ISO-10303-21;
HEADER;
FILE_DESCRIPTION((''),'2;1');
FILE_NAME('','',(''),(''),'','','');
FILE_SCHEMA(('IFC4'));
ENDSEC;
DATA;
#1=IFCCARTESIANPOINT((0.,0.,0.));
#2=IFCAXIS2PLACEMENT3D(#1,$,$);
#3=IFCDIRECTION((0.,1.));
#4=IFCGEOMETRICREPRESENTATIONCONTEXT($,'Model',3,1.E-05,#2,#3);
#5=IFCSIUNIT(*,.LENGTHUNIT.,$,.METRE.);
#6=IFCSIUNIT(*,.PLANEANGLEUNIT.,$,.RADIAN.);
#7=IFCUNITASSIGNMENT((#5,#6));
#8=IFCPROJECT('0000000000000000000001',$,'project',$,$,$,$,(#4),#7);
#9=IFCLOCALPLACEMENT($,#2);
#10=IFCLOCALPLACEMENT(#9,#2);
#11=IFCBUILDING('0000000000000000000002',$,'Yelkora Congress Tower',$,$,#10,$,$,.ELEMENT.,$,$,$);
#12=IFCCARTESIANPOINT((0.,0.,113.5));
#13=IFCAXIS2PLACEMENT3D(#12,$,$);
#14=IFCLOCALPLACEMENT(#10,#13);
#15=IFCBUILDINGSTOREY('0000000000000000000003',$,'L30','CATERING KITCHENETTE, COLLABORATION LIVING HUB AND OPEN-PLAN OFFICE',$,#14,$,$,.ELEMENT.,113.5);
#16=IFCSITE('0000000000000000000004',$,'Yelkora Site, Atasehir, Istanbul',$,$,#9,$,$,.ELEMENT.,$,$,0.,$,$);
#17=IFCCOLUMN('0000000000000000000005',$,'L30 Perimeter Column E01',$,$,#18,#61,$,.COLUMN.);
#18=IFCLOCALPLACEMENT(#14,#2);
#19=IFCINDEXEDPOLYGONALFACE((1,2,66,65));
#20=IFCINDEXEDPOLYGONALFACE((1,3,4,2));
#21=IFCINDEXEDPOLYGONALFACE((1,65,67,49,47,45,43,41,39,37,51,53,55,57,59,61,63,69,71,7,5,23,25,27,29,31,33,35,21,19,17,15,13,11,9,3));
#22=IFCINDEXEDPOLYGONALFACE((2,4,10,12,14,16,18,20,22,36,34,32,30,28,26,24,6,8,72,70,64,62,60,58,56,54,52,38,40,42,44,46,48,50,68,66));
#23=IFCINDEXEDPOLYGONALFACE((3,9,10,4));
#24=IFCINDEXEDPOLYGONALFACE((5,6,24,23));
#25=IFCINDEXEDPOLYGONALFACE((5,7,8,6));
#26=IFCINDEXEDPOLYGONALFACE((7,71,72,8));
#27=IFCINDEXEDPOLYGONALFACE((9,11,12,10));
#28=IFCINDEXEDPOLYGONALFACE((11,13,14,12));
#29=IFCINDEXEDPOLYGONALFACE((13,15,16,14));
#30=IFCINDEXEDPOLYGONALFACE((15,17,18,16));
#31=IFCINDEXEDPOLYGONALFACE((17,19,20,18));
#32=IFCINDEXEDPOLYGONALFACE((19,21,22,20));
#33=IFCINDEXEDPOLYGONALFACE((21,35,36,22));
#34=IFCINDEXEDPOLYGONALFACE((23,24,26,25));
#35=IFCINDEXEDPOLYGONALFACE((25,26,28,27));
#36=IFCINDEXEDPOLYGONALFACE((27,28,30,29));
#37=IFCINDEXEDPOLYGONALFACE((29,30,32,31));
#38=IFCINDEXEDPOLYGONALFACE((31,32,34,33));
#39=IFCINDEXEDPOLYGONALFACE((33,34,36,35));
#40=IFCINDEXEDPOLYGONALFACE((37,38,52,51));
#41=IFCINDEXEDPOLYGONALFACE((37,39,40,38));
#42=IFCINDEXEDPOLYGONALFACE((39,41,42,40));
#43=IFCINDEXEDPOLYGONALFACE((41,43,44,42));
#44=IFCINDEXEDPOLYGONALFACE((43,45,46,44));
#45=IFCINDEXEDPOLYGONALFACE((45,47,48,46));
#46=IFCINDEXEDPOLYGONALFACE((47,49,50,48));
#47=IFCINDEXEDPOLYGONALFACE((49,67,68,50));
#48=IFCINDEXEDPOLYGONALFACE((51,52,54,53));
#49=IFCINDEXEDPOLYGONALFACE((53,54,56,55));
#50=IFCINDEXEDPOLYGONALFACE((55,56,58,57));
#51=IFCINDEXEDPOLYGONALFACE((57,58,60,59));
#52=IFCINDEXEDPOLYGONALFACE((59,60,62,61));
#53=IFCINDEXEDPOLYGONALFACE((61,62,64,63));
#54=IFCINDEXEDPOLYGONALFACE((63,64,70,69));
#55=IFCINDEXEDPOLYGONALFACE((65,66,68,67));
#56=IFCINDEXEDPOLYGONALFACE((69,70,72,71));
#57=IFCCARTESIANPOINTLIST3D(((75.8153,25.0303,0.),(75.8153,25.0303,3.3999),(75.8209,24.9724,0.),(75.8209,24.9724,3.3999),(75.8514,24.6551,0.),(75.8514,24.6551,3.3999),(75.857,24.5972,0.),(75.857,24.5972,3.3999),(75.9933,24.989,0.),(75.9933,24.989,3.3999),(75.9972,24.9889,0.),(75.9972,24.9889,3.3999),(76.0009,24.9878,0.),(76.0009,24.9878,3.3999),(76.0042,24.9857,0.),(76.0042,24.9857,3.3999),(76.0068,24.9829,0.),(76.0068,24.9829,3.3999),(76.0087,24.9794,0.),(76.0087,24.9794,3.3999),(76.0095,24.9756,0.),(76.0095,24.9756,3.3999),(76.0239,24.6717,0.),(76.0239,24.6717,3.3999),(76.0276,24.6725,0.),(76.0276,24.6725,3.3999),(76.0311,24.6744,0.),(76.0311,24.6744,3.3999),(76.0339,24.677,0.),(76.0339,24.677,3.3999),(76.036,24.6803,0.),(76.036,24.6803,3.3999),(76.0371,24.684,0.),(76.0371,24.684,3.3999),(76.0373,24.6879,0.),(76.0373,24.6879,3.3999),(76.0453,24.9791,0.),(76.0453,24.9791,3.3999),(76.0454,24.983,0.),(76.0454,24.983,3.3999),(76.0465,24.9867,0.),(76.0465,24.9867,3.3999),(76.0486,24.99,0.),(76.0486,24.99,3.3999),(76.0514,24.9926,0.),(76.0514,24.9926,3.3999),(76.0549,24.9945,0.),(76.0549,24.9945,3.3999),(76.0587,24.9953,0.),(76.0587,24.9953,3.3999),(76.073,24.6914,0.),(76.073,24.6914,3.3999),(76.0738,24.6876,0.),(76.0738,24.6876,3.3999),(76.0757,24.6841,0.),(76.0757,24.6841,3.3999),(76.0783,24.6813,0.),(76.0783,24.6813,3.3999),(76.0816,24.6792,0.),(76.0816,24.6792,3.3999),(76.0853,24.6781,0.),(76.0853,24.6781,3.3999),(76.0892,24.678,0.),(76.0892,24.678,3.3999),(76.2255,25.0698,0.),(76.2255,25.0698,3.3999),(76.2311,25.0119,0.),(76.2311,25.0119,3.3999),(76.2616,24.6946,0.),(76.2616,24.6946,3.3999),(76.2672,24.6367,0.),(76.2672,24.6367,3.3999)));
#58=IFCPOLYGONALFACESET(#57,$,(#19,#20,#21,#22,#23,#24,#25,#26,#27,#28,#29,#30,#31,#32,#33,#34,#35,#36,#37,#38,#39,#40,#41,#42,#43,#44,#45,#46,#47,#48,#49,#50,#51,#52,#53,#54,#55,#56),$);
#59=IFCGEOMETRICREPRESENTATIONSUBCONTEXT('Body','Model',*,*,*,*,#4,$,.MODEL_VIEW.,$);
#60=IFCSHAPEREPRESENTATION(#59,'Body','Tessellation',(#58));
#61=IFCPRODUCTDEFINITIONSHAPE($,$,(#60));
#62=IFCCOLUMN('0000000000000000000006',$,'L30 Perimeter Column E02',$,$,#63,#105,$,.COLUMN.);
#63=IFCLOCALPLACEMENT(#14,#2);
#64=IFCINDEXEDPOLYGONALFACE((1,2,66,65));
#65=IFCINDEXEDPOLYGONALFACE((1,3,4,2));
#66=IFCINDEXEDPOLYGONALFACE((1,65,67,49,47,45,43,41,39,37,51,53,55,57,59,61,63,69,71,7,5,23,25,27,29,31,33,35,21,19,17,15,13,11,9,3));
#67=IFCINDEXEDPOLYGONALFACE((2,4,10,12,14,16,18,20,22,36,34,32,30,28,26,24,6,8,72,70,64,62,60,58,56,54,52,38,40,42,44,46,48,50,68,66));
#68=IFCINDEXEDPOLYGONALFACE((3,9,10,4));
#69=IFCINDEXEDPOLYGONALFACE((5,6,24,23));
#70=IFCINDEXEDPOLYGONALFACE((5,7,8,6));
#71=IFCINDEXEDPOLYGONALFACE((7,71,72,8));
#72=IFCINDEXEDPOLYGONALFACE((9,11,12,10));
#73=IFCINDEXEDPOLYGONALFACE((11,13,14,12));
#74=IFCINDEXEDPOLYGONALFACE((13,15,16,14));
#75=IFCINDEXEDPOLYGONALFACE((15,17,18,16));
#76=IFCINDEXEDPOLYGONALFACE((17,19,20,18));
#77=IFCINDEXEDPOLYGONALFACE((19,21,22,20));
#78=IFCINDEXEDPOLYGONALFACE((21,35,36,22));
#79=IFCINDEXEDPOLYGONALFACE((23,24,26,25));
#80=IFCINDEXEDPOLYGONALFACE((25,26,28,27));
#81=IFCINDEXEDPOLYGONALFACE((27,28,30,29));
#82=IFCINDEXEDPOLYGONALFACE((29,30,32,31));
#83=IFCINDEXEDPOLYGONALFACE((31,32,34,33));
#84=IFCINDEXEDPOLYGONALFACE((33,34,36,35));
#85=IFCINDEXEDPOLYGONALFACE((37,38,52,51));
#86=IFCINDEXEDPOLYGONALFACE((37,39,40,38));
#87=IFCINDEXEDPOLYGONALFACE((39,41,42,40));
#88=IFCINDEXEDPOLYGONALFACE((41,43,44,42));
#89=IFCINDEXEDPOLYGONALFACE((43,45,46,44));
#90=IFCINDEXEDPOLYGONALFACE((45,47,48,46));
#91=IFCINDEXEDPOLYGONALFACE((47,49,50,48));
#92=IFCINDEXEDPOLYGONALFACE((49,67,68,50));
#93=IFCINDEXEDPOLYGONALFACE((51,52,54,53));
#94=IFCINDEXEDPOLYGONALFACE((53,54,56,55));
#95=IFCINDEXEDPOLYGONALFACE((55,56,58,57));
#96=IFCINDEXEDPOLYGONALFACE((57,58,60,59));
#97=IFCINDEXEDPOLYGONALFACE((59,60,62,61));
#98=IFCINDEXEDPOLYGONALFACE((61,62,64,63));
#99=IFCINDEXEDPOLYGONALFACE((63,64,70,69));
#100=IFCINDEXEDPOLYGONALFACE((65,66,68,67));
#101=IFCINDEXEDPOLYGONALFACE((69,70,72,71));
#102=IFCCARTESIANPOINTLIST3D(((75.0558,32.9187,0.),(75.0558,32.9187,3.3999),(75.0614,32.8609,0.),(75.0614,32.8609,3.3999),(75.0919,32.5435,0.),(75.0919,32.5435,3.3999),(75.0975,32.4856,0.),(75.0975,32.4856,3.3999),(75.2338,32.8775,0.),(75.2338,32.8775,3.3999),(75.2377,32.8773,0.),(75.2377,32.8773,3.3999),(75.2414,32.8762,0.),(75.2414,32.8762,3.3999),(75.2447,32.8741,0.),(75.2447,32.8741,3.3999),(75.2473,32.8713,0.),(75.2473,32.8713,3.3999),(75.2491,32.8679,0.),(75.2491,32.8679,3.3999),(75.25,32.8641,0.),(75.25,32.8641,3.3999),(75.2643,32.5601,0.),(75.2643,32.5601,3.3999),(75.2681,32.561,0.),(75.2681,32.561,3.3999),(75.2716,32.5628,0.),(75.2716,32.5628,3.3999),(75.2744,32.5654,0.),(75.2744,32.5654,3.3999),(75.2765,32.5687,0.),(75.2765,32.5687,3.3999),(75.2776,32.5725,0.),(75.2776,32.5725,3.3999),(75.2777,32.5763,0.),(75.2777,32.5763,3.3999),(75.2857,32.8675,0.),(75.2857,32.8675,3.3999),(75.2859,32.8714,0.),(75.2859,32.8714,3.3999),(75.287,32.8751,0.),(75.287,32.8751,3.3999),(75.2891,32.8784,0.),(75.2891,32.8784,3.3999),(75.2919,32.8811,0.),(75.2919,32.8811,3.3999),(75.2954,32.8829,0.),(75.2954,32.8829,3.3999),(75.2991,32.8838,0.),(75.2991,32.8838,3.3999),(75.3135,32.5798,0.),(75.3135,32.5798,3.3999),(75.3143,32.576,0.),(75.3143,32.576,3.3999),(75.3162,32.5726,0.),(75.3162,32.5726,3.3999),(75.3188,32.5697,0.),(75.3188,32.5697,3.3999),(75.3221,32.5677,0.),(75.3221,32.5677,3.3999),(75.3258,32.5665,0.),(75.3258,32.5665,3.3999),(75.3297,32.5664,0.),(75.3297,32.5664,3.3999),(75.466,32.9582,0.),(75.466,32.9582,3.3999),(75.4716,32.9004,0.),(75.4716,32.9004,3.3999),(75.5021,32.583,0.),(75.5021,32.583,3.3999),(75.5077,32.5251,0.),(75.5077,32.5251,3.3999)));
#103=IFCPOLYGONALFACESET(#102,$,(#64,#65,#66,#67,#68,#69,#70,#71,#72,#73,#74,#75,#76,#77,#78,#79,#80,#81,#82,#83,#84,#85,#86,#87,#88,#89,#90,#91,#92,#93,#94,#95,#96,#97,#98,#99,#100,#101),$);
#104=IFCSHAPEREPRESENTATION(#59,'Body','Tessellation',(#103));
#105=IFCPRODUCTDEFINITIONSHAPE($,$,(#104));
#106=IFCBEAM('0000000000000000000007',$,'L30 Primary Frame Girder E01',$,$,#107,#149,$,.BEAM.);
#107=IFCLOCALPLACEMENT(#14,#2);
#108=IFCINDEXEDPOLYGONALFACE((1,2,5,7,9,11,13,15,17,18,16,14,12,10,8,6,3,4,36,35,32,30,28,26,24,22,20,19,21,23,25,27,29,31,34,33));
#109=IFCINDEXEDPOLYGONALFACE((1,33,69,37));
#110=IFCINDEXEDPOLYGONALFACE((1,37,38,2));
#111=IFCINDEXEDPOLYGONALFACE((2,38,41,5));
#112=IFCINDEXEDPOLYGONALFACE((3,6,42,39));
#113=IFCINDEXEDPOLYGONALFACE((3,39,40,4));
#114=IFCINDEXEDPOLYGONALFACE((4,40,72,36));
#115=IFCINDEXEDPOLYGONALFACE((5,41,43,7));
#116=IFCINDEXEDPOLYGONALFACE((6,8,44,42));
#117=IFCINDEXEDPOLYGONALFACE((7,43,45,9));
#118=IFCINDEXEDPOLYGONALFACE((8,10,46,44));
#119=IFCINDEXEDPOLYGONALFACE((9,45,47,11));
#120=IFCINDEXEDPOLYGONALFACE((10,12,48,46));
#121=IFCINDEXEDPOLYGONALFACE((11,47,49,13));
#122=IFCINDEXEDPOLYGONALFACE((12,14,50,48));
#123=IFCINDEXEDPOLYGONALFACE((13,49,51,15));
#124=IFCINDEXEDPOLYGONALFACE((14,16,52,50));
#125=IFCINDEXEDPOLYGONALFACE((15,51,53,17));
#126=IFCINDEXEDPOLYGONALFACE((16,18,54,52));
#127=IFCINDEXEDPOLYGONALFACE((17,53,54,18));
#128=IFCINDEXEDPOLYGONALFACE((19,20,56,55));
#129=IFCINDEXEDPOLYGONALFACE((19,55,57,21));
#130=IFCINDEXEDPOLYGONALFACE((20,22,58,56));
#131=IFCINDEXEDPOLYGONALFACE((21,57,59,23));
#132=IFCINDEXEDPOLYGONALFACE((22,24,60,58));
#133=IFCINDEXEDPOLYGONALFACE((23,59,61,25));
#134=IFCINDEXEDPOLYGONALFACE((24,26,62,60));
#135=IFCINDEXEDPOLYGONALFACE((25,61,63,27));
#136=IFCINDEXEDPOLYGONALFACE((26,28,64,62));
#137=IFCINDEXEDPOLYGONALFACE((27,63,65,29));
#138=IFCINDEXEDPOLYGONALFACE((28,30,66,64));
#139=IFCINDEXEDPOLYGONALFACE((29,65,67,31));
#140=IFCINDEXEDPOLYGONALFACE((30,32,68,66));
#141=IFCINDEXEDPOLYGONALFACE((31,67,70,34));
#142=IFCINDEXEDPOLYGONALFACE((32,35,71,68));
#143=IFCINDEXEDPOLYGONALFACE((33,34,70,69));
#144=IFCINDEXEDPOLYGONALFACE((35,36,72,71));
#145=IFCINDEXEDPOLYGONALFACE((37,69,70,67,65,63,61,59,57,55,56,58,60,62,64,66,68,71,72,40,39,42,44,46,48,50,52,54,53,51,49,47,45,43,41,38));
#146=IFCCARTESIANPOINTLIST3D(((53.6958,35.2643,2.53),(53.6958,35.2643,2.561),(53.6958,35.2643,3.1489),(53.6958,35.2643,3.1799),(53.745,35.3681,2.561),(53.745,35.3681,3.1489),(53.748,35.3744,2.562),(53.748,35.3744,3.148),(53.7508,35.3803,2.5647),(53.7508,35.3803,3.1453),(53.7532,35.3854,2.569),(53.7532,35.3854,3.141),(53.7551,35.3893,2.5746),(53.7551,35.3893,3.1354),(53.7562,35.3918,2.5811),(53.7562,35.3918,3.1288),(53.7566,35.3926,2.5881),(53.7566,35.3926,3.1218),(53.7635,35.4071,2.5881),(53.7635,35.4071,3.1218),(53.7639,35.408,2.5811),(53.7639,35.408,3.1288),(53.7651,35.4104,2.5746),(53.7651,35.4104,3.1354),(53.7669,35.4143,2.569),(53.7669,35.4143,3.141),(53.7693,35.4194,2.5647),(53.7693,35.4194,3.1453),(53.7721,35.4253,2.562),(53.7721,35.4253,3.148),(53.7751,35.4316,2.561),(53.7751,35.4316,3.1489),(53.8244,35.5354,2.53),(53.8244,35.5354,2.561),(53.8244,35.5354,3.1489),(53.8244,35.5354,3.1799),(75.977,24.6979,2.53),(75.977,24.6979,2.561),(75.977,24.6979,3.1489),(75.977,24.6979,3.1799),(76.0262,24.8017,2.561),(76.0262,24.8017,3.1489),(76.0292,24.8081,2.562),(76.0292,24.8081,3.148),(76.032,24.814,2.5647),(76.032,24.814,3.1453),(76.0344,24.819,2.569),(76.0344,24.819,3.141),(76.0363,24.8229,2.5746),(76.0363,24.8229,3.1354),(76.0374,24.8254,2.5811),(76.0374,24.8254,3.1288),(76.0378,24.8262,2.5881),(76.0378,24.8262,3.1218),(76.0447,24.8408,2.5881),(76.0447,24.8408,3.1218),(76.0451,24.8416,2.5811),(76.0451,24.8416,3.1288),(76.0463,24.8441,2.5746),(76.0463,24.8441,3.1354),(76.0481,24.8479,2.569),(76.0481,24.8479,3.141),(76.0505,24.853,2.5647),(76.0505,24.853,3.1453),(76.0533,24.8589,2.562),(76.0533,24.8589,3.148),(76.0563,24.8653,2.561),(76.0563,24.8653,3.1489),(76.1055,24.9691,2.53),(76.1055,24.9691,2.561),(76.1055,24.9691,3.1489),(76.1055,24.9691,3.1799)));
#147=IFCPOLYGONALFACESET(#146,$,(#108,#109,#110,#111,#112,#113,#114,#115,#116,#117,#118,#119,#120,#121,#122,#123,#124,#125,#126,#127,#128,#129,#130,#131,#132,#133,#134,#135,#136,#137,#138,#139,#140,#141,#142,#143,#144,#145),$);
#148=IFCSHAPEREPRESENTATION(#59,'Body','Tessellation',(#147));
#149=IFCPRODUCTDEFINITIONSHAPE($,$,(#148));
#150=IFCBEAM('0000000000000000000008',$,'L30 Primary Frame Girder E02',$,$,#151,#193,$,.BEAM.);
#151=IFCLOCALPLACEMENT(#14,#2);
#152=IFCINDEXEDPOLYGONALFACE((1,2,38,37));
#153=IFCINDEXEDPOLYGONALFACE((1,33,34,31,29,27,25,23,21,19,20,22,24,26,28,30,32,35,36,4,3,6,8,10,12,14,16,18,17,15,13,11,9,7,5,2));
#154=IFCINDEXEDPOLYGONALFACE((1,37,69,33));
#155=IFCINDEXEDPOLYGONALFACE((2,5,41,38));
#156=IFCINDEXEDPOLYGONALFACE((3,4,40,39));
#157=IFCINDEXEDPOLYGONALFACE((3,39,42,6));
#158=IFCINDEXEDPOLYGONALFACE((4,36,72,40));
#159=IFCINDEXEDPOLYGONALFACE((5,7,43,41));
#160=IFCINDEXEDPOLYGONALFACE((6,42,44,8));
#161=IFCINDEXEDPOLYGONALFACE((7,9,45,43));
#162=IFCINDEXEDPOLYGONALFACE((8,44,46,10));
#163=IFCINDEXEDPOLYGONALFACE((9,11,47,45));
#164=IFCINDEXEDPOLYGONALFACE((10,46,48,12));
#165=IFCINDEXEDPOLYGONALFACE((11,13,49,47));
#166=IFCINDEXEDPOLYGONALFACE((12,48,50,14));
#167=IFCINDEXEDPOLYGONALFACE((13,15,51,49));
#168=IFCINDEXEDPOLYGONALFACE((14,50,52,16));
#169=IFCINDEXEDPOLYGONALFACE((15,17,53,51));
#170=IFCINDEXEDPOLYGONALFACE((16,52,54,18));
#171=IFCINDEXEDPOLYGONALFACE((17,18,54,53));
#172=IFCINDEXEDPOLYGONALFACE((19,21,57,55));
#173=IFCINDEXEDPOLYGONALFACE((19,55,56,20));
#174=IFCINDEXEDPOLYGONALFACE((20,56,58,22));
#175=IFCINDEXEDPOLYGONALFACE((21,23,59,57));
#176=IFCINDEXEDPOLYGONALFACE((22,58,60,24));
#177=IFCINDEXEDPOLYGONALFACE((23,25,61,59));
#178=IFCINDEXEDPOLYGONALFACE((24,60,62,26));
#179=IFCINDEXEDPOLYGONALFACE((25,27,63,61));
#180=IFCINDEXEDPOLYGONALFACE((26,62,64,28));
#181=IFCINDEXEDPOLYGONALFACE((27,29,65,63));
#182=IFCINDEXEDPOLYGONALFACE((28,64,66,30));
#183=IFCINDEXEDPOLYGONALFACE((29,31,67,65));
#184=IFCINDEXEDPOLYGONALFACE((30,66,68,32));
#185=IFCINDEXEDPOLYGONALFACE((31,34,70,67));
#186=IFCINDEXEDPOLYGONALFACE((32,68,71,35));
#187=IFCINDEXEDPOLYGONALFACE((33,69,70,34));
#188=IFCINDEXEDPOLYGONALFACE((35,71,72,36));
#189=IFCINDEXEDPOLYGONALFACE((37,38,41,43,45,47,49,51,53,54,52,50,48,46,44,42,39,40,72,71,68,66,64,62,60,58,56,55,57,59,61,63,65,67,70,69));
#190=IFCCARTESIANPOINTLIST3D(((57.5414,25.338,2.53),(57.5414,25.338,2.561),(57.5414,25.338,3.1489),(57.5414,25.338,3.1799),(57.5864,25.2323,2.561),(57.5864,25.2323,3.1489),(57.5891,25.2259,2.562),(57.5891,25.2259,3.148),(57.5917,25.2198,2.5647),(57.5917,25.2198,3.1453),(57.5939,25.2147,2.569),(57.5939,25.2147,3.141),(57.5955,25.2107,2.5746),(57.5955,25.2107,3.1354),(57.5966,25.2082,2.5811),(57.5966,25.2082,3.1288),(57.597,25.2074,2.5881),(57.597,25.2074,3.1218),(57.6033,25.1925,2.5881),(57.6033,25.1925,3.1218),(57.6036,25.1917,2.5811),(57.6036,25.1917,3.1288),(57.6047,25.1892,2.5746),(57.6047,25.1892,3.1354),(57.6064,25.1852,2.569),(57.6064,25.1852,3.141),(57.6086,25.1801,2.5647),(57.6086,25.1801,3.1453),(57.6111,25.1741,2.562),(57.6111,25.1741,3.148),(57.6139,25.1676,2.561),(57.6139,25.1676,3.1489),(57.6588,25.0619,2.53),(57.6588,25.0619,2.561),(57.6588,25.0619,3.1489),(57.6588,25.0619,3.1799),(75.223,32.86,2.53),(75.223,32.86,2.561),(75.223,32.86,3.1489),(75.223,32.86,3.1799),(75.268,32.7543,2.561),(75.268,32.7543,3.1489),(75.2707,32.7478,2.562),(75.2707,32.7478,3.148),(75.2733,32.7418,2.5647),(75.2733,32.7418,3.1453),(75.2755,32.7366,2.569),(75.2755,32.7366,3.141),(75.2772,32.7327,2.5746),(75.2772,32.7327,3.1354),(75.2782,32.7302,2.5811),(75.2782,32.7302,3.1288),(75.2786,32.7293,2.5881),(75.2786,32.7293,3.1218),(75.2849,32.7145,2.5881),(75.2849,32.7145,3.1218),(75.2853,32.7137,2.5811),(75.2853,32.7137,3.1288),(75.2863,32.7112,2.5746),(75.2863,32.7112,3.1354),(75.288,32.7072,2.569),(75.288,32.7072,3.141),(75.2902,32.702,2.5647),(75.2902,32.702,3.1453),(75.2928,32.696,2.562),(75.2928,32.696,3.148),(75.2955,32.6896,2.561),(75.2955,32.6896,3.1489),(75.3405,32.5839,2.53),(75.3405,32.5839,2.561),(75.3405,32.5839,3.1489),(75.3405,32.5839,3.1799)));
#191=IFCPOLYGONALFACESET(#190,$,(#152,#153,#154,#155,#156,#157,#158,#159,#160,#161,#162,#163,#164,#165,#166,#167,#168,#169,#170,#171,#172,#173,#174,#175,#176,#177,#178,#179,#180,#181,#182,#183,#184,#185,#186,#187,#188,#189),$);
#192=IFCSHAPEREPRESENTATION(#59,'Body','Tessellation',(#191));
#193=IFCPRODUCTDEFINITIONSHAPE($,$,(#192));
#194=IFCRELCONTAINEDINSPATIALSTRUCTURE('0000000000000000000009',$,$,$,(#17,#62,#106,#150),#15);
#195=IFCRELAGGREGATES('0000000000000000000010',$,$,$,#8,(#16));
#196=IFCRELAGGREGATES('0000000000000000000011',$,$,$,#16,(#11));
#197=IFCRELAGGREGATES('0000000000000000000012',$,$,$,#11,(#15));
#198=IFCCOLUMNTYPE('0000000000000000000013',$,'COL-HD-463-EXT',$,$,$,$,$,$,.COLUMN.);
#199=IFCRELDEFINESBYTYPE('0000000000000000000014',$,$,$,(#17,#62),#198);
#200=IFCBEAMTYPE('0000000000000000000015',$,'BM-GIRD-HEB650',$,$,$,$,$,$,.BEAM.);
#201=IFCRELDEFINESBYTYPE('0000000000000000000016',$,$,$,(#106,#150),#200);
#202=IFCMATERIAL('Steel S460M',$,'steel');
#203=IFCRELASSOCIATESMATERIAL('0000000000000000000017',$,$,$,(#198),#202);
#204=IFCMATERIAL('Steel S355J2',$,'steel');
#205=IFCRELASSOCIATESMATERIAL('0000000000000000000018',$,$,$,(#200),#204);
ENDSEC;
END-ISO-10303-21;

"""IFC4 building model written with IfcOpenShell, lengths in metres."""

from ifc_helpers import new_model, si_unit, direction, frame, origin, origin_2d, place, context, subcontext, project, spatial, i_section, extrude, material, material_profile, profile_set, type_object, element, save


model = new_model("IFC4")

# Units and contexts
model_context = context("Model", 3, precision=1e-05, world=origin(), true_north=direction((0.0, 1.0)))
body_context = subcontext(model_context, "Body", "Model", "MODEL_VIEW")
ifc_project = project(units=[si_unit("LENGTHUNIT", "METRE"), si_unit("PLANEANGLEUNIT", "RADIAN")], contexts=[model_context])

# Site, building, storey
site_placement = place(None, origin())
site = spatial("IfcSite", under=ifc_project, at=site_placement, Name="Yelkora Site, Atasehir, Istanbul", CompositionType="ELEMENT", RefElevation=0.0)
building_placement = place(site_placement, origin())
building = spatial("IfcBuilding", under=site, at=building_placement, Name="Yelkora Congress Tower", CompositionType="ELEMENT")
storey_placement = place(building_placement, frame((0.0, 0.0, 113.5)))
storey = spatial("IfcBuildingStorey", under=building, at=storey_placement, Name="L30", Description="CATERING KITCHENETTE, COLLABORATION LIVING HUB AND OPEN-PLAN OFFICE", CompositionType="ELEMENT", Elevation=113.5)

# Columns
ifc_material_1 = material(Name="Steel S460M", Category="steel")
ifc_material_profile_1 = material_profile(ifc_material_1, i_section(OverallWidth=0.4121, OverallDepth=0.4351, WebThickness=0.0359, FlangeThickness=0.0581, FilletRadius=0.0149, at=origin_2d()), Name="HD 400x463")
ifc_profile_set_1 = profile_set([ifc_material_profile_1], Name="Steel S460M")
column_type = type_object("IfcColumnType", Name="COL-HD-463-EXT", PredefinedType="COLUMN", material=ifc_profile_set_1)
for number, where, z_axis, x_axis, name in (
    (1, (76.0413, 24.8335, 0.0), (0.0, 0.0, 1.0), (0.995396, 0.095846, 0.0), "L30 Perimeter Column E01"),
    (2, (75.2817, 32.7219, 0.0), (0.0, 0.0, 1.0), (0.995396, 0.095846, 0.0), "L30 Perimeter Column E02"),
):
    element("IfcColumn", number, at=place(storey_placement, frame(where, z_axis=z_axis, x_axis=x_axis)), inside=storey, type_object=column_type, Name=name, PredefinedType="COLUMN", context=body_context, shape_type="SweptSolid", body=[
        extrude(i_section(OverallWidth=0.4121, OverallDepth=0.4351, WebThickness=0.0359, FlangeThickness=0.0581, FilletRadius=0.0149, at=origin_2d()), origin(), (0.0, 0.0, 1.0), 3.3999),
    ])

# Beams
ifc_material_2 = material(Name="Steel S355J2", Category="steel")
ifc_material_profile_2 = material_profile(ifc_material_2, i_section(OverallWidth=0.3, OverallDepth=0.6499, WebThickness=0.0161, FlangeThickness=0.031, FilletRadius=0.0271, at=origin_2d()), Name="HEB 650")
ifc_profile_set_2 = profile_set([ifc_material_profile_2], Name="Steel S355J2")
beam_type_1 = type_object("IfcBeamType", Name="BM-GIRD-HEB650", PredefinedType="BEAM", material=ifc_profile_set_2)
beam_1_placement = place(storey_placement, frame((76.0413, 24.8335, 2.855), z_axis=(-0.903547, 0.428488, 0.0), x_axis=(-0.428488, -0.903547, 0.0)))
element("IfcBeam", 3, at=beam_1_placement, inside=storey, type_object=beam_type_1, Name="L30 Primary Frame Girder E01", PredefinedType="BEAM", context=body_context, shape_type="SweptSolid", body=[
    extrude(i_section(OverallWidth=0.3, OverallDepth=0.6499, WebThickness=0.0161, FlangeThickness=0.031, FilletRadius=0.0271, at=origin_2d()), origin(), (0.0, 0.0, 1.0), 24.6597),
])
beam_2_placement = place(storey_placement, frame((75.2817, 32.7219, 2.855), z_axis=(-0.920195, -0.391461, 0.0), x_axis=(0.391461, -0.920195, 0.0)))
element("IfcBeam", 4, at=beam_2_placement, inside=storey, type_object=beam_type_1, Name="L30 Primary Frame Girder E02", PredefinedType="BEAM", context=body_context, shape_type="SweptSolid", body=[
    extrude(i_section(OverallWidth=0.3, OverallDepth=0.6499, WebThickness=0.0161, FlangeThickness=0.031, FilletRadius=0.0271, at=origin_2d()), origin(), (0.0, 0.0, 1.0), 19.2151),
])

save(model, "model.ifc")
